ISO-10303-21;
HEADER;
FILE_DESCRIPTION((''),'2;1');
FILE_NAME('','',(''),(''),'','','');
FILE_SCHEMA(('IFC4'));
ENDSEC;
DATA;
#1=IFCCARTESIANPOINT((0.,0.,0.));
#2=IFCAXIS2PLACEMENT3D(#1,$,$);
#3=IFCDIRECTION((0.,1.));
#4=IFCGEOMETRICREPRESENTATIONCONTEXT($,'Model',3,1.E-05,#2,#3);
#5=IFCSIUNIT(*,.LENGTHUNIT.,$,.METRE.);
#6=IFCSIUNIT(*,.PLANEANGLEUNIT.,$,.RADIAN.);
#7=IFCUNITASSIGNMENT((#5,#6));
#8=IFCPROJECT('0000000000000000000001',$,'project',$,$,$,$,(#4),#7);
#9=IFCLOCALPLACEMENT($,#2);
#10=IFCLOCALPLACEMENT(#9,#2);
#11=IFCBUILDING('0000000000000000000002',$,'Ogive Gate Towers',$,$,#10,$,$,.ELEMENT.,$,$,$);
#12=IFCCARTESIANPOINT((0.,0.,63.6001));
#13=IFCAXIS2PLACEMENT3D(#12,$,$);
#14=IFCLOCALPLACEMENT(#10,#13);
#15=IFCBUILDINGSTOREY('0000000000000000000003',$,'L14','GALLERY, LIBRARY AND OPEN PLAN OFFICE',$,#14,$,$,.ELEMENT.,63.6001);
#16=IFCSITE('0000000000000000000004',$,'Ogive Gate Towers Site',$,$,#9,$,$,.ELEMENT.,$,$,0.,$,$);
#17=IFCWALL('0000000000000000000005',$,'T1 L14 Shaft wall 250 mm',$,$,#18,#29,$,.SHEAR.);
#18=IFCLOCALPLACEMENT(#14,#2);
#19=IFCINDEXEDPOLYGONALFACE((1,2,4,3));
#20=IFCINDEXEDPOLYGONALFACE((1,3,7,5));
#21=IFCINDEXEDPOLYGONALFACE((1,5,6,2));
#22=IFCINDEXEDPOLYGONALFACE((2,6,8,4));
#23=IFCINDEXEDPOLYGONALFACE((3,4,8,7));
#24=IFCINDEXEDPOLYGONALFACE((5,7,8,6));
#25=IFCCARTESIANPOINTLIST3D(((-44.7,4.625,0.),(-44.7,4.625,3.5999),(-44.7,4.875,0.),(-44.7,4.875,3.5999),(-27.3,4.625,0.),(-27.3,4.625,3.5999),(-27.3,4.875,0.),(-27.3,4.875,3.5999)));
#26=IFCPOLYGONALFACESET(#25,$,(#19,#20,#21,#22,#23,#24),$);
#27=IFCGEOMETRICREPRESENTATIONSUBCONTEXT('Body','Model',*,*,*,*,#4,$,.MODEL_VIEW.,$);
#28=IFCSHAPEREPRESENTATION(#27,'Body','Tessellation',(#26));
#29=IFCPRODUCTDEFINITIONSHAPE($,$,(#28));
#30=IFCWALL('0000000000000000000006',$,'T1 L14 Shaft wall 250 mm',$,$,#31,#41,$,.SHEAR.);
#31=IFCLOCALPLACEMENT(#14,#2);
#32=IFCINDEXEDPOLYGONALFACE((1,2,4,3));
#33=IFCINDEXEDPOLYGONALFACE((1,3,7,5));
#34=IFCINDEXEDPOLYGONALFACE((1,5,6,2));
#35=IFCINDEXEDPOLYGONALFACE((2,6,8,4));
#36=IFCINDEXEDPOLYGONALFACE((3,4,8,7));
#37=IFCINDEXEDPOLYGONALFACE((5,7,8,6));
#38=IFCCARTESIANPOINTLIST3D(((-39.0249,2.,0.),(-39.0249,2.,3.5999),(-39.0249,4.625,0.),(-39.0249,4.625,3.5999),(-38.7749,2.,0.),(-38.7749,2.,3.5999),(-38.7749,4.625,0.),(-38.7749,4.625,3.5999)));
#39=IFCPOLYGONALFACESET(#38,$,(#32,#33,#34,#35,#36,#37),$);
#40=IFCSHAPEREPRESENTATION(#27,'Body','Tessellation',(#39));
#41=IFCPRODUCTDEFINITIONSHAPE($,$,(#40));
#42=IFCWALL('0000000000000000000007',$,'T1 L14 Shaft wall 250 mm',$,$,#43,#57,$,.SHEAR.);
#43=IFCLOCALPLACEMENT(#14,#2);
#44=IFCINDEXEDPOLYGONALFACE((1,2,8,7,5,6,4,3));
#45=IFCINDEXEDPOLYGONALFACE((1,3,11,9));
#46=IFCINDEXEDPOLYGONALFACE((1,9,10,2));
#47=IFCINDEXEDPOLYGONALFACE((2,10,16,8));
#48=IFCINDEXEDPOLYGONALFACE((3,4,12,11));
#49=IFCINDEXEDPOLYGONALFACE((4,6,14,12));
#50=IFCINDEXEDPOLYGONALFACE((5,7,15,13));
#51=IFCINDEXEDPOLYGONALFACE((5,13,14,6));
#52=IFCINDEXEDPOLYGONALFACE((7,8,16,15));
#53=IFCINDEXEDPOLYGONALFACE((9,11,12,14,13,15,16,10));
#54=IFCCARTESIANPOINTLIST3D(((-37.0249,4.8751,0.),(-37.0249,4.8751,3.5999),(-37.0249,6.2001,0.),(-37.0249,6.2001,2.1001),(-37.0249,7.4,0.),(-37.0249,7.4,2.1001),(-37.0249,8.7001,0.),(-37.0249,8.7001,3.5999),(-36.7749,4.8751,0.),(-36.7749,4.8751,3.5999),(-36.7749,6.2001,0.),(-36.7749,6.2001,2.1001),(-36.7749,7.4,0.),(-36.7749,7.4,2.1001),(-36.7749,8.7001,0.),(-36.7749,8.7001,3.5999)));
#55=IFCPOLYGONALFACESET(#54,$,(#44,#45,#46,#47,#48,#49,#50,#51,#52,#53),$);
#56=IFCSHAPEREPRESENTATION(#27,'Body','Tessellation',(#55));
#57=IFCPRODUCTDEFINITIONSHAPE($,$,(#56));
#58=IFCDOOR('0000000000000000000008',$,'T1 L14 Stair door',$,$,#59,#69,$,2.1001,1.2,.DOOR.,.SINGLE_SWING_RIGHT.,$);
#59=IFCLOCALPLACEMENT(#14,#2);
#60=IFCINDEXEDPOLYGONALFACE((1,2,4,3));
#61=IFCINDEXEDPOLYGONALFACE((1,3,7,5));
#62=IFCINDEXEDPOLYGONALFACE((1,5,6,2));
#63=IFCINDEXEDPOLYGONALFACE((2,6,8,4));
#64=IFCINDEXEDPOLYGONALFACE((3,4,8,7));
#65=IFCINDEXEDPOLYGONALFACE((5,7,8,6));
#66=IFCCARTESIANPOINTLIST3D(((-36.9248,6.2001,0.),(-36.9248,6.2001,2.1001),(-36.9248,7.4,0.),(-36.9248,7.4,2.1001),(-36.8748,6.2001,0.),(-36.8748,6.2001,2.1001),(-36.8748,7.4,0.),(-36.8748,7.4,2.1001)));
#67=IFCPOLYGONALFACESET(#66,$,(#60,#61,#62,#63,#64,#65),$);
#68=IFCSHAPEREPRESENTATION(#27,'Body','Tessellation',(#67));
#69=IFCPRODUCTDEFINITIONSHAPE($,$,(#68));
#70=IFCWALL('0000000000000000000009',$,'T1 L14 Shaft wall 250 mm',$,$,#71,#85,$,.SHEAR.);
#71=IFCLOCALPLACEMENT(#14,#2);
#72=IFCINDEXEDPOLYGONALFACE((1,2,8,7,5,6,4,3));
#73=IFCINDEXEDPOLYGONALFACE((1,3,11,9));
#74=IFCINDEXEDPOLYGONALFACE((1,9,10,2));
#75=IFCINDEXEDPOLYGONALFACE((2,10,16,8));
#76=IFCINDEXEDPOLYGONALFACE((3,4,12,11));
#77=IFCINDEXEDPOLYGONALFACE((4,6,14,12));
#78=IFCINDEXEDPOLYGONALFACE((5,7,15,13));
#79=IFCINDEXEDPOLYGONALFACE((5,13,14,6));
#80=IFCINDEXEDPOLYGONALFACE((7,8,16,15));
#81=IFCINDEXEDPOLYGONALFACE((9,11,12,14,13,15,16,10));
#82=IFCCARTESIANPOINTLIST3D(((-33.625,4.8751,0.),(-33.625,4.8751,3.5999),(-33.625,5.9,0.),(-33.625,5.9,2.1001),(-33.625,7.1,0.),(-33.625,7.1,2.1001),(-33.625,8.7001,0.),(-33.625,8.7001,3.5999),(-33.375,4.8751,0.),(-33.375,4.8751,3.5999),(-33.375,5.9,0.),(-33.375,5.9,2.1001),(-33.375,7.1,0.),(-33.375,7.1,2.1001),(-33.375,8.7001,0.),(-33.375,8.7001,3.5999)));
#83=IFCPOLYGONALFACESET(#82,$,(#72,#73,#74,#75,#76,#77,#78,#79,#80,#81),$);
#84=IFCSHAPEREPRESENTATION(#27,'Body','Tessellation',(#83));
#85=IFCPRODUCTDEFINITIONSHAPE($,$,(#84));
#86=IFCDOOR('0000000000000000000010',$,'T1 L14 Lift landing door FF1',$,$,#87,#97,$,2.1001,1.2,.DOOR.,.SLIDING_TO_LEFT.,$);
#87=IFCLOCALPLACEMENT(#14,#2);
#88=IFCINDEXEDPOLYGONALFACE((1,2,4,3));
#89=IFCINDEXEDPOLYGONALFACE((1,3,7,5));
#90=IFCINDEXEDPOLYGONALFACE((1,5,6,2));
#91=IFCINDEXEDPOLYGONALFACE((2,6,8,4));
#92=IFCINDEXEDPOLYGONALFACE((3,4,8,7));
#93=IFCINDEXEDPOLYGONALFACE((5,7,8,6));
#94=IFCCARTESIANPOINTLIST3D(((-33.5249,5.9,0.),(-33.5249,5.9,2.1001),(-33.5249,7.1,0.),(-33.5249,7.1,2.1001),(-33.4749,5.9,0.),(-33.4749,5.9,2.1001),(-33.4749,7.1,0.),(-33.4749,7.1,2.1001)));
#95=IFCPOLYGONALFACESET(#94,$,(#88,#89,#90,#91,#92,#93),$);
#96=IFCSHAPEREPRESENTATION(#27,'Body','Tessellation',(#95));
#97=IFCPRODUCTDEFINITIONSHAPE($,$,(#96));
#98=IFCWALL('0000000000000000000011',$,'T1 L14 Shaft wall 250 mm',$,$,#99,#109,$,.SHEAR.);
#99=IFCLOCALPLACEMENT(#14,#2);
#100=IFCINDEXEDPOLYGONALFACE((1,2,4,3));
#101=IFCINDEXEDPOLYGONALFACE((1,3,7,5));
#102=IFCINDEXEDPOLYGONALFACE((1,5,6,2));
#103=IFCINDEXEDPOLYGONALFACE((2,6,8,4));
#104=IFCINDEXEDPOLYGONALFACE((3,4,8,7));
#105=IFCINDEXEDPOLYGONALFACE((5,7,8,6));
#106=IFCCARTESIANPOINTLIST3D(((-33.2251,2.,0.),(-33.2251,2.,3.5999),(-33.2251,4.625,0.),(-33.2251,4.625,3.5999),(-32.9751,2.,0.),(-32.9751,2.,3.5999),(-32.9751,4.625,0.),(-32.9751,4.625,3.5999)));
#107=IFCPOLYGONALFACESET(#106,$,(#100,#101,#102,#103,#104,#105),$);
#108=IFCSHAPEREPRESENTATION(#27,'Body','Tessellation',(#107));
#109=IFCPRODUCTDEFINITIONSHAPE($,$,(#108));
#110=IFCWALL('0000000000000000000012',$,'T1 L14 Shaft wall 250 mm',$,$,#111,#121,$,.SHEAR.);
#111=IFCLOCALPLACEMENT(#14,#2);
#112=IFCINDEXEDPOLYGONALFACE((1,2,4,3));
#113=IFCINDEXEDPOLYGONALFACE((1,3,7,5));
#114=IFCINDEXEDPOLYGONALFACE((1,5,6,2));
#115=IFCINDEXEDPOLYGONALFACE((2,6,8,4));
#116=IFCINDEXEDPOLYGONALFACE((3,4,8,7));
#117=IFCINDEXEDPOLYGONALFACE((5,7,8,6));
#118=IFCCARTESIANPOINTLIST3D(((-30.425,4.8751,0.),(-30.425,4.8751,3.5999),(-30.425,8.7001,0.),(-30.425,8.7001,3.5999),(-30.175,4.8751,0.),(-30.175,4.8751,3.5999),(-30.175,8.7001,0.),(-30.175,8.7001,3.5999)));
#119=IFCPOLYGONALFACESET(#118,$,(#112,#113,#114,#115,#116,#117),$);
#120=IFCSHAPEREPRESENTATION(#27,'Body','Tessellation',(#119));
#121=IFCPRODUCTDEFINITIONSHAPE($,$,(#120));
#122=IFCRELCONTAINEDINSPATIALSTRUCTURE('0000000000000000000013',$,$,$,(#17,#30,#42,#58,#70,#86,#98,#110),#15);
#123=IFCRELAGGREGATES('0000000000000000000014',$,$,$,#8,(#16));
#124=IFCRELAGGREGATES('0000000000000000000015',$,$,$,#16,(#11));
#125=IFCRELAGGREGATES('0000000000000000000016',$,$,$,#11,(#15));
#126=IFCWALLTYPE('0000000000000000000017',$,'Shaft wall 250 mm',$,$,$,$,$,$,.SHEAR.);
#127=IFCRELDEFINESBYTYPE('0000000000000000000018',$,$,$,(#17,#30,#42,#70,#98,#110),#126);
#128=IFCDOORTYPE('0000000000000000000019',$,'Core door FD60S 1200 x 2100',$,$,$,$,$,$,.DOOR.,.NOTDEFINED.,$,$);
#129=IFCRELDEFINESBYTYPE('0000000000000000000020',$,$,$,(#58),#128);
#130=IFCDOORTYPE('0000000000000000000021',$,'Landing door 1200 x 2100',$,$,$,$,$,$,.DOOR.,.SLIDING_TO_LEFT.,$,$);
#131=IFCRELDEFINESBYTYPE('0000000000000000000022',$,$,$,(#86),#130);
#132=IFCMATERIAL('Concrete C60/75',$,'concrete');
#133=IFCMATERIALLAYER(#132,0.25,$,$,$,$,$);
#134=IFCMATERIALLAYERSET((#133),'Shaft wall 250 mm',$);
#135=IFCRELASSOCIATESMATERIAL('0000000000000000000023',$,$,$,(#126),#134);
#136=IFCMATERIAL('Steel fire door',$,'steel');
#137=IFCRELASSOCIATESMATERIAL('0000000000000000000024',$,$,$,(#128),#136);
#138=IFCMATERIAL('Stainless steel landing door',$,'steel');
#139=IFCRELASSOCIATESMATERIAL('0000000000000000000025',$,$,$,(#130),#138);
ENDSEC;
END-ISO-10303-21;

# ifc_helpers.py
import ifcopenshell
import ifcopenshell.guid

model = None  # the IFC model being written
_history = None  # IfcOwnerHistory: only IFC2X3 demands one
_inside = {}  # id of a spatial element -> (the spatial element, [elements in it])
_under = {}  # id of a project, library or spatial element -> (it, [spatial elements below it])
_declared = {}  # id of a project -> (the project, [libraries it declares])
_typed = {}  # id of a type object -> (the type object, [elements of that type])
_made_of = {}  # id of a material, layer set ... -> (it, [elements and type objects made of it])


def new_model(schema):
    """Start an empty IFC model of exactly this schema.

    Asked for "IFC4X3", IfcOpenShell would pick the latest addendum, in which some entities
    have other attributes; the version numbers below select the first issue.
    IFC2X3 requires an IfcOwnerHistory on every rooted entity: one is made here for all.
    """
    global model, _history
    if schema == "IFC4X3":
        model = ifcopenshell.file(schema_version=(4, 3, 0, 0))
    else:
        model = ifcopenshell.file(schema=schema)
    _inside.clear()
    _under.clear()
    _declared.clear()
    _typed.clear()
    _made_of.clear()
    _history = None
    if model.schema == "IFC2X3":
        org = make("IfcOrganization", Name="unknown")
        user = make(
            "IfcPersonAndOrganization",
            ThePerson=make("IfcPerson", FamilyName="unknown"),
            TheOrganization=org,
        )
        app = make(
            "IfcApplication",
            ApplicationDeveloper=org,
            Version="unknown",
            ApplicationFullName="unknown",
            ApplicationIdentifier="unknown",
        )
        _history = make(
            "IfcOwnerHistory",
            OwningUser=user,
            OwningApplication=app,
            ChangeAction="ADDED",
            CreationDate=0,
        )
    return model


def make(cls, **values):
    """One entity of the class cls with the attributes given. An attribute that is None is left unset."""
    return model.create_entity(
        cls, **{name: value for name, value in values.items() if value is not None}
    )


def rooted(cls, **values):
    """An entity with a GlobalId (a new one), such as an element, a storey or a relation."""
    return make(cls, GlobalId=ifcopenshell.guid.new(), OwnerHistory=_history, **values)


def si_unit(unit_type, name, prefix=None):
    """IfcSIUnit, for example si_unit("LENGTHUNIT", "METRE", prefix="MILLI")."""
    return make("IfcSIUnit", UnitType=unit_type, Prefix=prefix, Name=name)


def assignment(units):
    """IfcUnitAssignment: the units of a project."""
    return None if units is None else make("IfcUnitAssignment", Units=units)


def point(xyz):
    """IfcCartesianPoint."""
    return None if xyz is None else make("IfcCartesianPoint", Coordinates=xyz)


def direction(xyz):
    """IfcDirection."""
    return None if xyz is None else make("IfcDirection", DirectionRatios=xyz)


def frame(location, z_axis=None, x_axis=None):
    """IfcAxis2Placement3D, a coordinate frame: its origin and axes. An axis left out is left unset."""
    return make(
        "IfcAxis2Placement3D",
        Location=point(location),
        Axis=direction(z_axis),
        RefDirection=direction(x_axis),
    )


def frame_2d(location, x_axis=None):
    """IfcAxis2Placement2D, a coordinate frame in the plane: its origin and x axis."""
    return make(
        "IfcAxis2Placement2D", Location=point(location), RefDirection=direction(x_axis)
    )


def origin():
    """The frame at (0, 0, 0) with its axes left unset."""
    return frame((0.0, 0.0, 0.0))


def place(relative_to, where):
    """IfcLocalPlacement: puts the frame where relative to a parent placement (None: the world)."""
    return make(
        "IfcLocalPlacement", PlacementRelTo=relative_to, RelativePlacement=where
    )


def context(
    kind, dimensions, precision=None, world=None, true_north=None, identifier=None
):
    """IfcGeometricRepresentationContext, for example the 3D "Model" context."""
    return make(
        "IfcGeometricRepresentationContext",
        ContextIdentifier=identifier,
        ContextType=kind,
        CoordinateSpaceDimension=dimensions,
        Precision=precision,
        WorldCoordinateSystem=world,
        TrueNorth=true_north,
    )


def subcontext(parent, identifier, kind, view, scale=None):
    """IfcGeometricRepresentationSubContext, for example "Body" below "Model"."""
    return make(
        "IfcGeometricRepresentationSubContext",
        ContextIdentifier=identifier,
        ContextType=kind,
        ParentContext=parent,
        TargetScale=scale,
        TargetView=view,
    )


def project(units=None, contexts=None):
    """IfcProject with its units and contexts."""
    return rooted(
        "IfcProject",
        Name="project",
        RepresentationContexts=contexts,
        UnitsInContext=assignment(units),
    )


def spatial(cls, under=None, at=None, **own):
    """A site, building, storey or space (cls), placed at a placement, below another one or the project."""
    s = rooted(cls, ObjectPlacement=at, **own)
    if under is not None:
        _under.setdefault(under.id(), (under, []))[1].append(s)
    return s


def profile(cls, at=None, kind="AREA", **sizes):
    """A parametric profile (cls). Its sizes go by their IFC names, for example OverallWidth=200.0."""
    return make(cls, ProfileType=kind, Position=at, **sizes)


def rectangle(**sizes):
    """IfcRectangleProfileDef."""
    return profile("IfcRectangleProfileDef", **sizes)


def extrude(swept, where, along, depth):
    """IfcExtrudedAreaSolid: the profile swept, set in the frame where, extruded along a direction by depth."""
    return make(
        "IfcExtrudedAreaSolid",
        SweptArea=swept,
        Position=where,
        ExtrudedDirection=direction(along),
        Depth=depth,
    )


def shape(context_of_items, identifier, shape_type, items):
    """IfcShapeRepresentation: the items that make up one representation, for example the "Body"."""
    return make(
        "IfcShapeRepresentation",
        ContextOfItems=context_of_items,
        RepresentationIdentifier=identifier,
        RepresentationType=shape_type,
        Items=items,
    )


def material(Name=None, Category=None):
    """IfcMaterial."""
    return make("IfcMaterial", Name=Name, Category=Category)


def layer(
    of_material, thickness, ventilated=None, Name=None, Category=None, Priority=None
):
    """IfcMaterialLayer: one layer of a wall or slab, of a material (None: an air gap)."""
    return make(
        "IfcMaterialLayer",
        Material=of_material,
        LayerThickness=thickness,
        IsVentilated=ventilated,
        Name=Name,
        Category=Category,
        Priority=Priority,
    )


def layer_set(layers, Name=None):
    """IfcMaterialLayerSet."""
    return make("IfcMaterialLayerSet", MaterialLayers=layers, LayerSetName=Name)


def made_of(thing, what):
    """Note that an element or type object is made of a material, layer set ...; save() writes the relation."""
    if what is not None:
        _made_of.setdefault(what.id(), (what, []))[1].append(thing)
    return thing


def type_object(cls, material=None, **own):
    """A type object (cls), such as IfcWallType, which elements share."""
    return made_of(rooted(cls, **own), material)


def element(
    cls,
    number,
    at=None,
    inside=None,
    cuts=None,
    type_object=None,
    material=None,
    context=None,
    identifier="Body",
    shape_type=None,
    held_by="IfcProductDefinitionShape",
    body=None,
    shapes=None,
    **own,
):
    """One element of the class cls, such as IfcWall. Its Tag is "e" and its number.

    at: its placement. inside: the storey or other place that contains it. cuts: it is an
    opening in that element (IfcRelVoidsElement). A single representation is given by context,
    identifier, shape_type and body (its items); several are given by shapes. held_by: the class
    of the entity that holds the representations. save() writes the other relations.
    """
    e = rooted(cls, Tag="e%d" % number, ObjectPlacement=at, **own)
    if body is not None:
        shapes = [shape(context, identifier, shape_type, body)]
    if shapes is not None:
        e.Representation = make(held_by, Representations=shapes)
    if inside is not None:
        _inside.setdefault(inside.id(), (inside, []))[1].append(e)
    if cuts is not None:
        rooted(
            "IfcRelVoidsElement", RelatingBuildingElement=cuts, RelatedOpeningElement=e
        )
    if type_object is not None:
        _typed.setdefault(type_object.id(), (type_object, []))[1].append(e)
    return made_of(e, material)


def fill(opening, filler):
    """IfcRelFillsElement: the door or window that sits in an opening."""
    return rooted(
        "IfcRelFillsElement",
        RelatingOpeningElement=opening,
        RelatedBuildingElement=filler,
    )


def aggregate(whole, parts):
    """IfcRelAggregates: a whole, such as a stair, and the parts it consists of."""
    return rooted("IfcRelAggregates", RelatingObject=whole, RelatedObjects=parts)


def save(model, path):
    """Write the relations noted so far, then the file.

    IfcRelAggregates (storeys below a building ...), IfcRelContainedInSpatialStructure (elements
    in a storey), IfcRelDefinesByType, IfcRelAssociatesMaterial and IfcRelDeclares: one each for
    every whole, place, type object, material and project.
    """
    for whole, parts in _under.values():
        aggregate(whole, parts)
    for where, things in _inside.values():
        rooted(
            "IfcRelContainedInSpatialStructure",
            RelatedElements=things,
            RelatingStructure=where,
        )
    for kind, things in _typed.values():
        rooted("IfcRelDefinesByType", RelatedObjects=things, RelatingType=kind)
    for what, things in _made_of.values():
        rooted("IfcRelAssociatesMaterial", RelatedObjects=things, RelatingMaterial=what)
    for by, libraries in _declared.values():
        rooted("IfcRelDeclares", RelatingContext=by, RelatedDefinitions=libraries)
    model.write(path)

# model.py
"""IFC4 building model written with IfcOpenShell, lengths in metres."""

from ifc_helpers import new_model, si_unit, direction, frame, frame_2d, origin, place, context, subcontext, project, spatial, rectangle, extrude, material, layer, layer_set, type_object, element, fill, save


model = new_model("IFC4")

# Units and contexts
model_context = context("Model", 3, precision=1e-05, world=origin(), true_north=direction((0.0, 1.0)))
body_context = subcontext(model_context, "Body", "Model", "MODEL_VIEW")
ifc_project = project(units=[si_unit("LENGTHUNIT", "METRE"), si_unit("PLANEANGLEUNIT", "RADIAN")], contexts=[model_context])

# Site, building, storey
site_placement = place(None, origin())
site = spatial("IfcSite", under=ifc_project, at=site_placement, Name="Ogive Gate Towers Site", CompositionType="ELEMENT", RefElevation=0.0)
building_placement = place(site_placement, origin())
building = spatial("IfcBuilding", under=site, at=building_placement, Name="Ogive Gate Towers", CompositionType="ELEMENT")
storey_placement = place(building_placement, frame((0.0, 0.0, 63.6001)))
storey = spatial("IfcBuildingStorey", under=building, at=storey_placement, Name="L14", Description="GALLERY, LIBRARY AND OPEN PLAN OFFICE", CompositionType="ELEMENT", Elevation=63.6001)

# Walls
ifc_material_1 = material(Name="Concrete C60/75", Category="concrete")
ifc_layer_1 = layer(ifc_material_1, 0.25)
ifc_layer_set_1 = layer_set([ifc_layer_1], Name="Shaft wall 250 mm")
wall_type_1 = type_object("IfcWallType", Name="Shaft wall 250 mm", PredefinedType="SHEAR", material=ifc_layer_set_1)
wall_1_placement = place(storey_placement, frame((-44.7, 4.75, 0.0), z_axis=(0.0, 0.0, 1.0), x_axis=(1.0, 0.0, 0.0)))
element("IfcWall", 1, at=wall_1_placement, inside=storey, type_object=wall_type_1, Name="T1 L14 Shaft wall 250 mm", PredefinedType="SHEAR", context=body_context, shape_type="SweptSolid", body=[
    extrude(rectangle(XDim=17.3999, YDim=0.25, at=frame_2d((8.7, 0.0))), origin(), (0.0, 0.0, 1.0), 3.5999),
])
wall_2_placement = place(storey_placement, frame((-38.8999, 2.0, 0.0), z_axis=(0.0, 0.0, 1.0), x_axis=(0.0, 1.0, 0.0)))
element("IfcWall", 2, at=wall_2_placement, inside=storey, type_object=wall_type_1, Name="T1 L14 Shaft wall 250 mm", PredefinedType="SHEAR", context=body_context, shape_type="SweptSolid", body=[
    extrude(rectangle(XDim=2.625, YDim=0.25, at=frame_2d((1.3125, 0.0))), origin(), (0.0, 0.0, 1.0), 3.5999),
])

# Walls, openings, doors
wall_3_placement = place(storey_placement, frame((-36.8999, 4.875, 0.0), z_axis=(0.0, 0.0, 1.0), x_axis=(0.0, 1.0, 0.0)))
wall_3 = element("IfcWall", 3, at=wall_3_placement, inside=storey, type_object=wall_type_1, Name="T1 L14 Shaft wall 250 mm", PredefinedType="SHEAR", context=body_context, shape_type="SweptSolid", body=[
    extrude(rectangle(XDim=3.825, YDim=0.25, at=frame_2d((1.9126, 0.0))), origin(), (0.0, 0.0, 1.0), 3.5999),
])
opening_1_placement = place(wall_3_placement, frame((1.325, 0.0, 0.0)))
opening_1 = element("IfcOpeningElement", 4, at=opening_1_placement, cuts=wall_3, PredefinedType="OPENING", context=body_context, shape_type="SweptSolid", body=[
    extrude(rectangle(XDim=1.2, YDim=2.1001, at=frame_2d((0.6001, 1.05))), frame((0.0, 0.135, 0.0), z_axis=(0.0, -1.0, 0.0), x_axis=(1.0, 0.0, 0.0)), (0.0, 0.0, 1.0), 0.27),
])
ifc_material_2 = material(Name="Steel fire door", Category="steel")
door_type_1 = type_object("IfcDoorType", Name="Core door FD60S 1200 x 2100", OperationType="NOTDEFINED", PredefinedType="DOOR", material=ifc_material_2)
door_1_placement = place(opening_1_placement, origin())
door_1 = element("IfcDoor", 5, at=door_1_placement, inside=storey, type_object=door_type_1, Name="T1 L14 Stair door", OperationType="SINGLE_SWING_RIGHT", OverallHeight=2.1001, OverallWidth=1.2, PredefinedType="DOOR", context=body_context, shape_type="SweptSolid", body=[
    extrude(rectangle(XDim=1.2, YDim=2.1001, at=frame_2d((0.6001, 1.05))), frame((0.0, 0.0249, 0.0), z_axis=(0.0, -1.0, 0.0), x_axis=(1.0, 0.0, 0.0)), (0.0, 0.0, 1.0), 0.05),
])
fill(opening_1, door_1)
wall_4_placement = place(storey_placement, frame((-33.5, 4.875, 0.0), z_axis=(0.0, 0.0, 1.0), x_axis=(0.0, 1.0, 0.0)))
wall_4 = element("IfcWall", 6, at=wall_4_placement, inside=storey, type_object=wall_type_1, Name="T1 L14 Shaft wall 250 mm", PredefinedType="SHEAR", context=body_context, shape_type="SweptSolid", body=[
    extrude(rectangle(XDim=3.825, YDim=0.25, at=frame_2d((1.9126, 0.0))), origin(), (0.0, 0.0, 1.0), 3.5999),
])
opening_2_placement = place(wall_4_placement, frame((1.0249, 0.0, 0.0)))
opening_2 = element("IfcOpeningElement", 7, at=opening_2_placement, cuts=wall_4, PredefinedType="OPENING", context=body_context, shape_type="SweptSolid", body=[
    extrude(rectangle(XDim=1.2, YDim=2.1001, at=frame_2d((0.6001, 1.05))), frame((0.0, 0.135, 0.0), z_axis=(0.0, -1.0, 0.0), x_axis=(1.0, 0.0, 0.0)), (0.0, 0.0, 1.0), 0.27),
])
ifc_material_3 = material(Name="Stainless steel landing door", Category="steel")
door_type_2 = type_object("IfcDoorType", Name="Landing door 1200 x 2100", OperationType="SLIDING_TO_LEFT", PredefinedType="DOOR", material=ifc_material_3)
door_2_placement = place(opening_2_placement, origin())
door_2 = element("IfcDoor", 8, at=door_2_placement, inside=storey, type_object=door_type_2, Name="T1 L14 Lift landing door FF1", OperationType="SLIDING_TO_LEFT", OverallHeight=2.1001, OverallWidth=1.2, PredefinedType="DOOR", context=body_context, shape_type="SweptSolid", body=[
    extrude(rectangle(XDim=1.2, YDim=2.1001, at=frame_2d((0.6001, 1.05))), frame((0.0, 0.0249, 0.0), z_axis=(0.0, -1.0, 0.0), x_axis=(1.0, 0.0, 0.0)), (0.0, 0.0, 1.0), 0.05),
])
fill(opening_2, door_2)

# Walls
wall_5_placement = place(storey_placement, frame((-33.1001, 2.0, 0.0), z_axis=(0.0, 0.0, 1.0), x_axis=(0.0, 1.0, 0.0)))
element("IfcWall", 9, at=wall_5_placement, inside=storey, type_object=wall_type_1, Name="T1 L14 Shaft wall 250 mm", PredefinedType="SHEAR", context=body_context, shape_type="SweptSolid", body=[
    extrude(rectangle(XDim=2.625, YDim=0.25, at=frame_2d((1.3125, 0.0))), origin(), (0.0, 0.0, 1.0), 3.5999),
])
wall_6_placement = place(storey_placement, frame((-30.3, 4.875, 0.0), z_axis=(0.0, 0.0, 1.0), x_axis=(0.0, 1.0, 0.0)))
element("IfcWall", 10, at=wall_6_placement, inside=storey, type_object=wall_type_1, Name="T1 L14 Shaft wall 250 mm", PredefinedType="SHEAR", context=body_context, shape_type="SweptSolid", body=[
    extrude(rectangle(XDim=3.825, YDim=0.25, at=frame_2d((1.9126, 0.0))), origin(), (0.0, 0.0, 1.0), 3.5999),
])

save(model, "model.ifc")
